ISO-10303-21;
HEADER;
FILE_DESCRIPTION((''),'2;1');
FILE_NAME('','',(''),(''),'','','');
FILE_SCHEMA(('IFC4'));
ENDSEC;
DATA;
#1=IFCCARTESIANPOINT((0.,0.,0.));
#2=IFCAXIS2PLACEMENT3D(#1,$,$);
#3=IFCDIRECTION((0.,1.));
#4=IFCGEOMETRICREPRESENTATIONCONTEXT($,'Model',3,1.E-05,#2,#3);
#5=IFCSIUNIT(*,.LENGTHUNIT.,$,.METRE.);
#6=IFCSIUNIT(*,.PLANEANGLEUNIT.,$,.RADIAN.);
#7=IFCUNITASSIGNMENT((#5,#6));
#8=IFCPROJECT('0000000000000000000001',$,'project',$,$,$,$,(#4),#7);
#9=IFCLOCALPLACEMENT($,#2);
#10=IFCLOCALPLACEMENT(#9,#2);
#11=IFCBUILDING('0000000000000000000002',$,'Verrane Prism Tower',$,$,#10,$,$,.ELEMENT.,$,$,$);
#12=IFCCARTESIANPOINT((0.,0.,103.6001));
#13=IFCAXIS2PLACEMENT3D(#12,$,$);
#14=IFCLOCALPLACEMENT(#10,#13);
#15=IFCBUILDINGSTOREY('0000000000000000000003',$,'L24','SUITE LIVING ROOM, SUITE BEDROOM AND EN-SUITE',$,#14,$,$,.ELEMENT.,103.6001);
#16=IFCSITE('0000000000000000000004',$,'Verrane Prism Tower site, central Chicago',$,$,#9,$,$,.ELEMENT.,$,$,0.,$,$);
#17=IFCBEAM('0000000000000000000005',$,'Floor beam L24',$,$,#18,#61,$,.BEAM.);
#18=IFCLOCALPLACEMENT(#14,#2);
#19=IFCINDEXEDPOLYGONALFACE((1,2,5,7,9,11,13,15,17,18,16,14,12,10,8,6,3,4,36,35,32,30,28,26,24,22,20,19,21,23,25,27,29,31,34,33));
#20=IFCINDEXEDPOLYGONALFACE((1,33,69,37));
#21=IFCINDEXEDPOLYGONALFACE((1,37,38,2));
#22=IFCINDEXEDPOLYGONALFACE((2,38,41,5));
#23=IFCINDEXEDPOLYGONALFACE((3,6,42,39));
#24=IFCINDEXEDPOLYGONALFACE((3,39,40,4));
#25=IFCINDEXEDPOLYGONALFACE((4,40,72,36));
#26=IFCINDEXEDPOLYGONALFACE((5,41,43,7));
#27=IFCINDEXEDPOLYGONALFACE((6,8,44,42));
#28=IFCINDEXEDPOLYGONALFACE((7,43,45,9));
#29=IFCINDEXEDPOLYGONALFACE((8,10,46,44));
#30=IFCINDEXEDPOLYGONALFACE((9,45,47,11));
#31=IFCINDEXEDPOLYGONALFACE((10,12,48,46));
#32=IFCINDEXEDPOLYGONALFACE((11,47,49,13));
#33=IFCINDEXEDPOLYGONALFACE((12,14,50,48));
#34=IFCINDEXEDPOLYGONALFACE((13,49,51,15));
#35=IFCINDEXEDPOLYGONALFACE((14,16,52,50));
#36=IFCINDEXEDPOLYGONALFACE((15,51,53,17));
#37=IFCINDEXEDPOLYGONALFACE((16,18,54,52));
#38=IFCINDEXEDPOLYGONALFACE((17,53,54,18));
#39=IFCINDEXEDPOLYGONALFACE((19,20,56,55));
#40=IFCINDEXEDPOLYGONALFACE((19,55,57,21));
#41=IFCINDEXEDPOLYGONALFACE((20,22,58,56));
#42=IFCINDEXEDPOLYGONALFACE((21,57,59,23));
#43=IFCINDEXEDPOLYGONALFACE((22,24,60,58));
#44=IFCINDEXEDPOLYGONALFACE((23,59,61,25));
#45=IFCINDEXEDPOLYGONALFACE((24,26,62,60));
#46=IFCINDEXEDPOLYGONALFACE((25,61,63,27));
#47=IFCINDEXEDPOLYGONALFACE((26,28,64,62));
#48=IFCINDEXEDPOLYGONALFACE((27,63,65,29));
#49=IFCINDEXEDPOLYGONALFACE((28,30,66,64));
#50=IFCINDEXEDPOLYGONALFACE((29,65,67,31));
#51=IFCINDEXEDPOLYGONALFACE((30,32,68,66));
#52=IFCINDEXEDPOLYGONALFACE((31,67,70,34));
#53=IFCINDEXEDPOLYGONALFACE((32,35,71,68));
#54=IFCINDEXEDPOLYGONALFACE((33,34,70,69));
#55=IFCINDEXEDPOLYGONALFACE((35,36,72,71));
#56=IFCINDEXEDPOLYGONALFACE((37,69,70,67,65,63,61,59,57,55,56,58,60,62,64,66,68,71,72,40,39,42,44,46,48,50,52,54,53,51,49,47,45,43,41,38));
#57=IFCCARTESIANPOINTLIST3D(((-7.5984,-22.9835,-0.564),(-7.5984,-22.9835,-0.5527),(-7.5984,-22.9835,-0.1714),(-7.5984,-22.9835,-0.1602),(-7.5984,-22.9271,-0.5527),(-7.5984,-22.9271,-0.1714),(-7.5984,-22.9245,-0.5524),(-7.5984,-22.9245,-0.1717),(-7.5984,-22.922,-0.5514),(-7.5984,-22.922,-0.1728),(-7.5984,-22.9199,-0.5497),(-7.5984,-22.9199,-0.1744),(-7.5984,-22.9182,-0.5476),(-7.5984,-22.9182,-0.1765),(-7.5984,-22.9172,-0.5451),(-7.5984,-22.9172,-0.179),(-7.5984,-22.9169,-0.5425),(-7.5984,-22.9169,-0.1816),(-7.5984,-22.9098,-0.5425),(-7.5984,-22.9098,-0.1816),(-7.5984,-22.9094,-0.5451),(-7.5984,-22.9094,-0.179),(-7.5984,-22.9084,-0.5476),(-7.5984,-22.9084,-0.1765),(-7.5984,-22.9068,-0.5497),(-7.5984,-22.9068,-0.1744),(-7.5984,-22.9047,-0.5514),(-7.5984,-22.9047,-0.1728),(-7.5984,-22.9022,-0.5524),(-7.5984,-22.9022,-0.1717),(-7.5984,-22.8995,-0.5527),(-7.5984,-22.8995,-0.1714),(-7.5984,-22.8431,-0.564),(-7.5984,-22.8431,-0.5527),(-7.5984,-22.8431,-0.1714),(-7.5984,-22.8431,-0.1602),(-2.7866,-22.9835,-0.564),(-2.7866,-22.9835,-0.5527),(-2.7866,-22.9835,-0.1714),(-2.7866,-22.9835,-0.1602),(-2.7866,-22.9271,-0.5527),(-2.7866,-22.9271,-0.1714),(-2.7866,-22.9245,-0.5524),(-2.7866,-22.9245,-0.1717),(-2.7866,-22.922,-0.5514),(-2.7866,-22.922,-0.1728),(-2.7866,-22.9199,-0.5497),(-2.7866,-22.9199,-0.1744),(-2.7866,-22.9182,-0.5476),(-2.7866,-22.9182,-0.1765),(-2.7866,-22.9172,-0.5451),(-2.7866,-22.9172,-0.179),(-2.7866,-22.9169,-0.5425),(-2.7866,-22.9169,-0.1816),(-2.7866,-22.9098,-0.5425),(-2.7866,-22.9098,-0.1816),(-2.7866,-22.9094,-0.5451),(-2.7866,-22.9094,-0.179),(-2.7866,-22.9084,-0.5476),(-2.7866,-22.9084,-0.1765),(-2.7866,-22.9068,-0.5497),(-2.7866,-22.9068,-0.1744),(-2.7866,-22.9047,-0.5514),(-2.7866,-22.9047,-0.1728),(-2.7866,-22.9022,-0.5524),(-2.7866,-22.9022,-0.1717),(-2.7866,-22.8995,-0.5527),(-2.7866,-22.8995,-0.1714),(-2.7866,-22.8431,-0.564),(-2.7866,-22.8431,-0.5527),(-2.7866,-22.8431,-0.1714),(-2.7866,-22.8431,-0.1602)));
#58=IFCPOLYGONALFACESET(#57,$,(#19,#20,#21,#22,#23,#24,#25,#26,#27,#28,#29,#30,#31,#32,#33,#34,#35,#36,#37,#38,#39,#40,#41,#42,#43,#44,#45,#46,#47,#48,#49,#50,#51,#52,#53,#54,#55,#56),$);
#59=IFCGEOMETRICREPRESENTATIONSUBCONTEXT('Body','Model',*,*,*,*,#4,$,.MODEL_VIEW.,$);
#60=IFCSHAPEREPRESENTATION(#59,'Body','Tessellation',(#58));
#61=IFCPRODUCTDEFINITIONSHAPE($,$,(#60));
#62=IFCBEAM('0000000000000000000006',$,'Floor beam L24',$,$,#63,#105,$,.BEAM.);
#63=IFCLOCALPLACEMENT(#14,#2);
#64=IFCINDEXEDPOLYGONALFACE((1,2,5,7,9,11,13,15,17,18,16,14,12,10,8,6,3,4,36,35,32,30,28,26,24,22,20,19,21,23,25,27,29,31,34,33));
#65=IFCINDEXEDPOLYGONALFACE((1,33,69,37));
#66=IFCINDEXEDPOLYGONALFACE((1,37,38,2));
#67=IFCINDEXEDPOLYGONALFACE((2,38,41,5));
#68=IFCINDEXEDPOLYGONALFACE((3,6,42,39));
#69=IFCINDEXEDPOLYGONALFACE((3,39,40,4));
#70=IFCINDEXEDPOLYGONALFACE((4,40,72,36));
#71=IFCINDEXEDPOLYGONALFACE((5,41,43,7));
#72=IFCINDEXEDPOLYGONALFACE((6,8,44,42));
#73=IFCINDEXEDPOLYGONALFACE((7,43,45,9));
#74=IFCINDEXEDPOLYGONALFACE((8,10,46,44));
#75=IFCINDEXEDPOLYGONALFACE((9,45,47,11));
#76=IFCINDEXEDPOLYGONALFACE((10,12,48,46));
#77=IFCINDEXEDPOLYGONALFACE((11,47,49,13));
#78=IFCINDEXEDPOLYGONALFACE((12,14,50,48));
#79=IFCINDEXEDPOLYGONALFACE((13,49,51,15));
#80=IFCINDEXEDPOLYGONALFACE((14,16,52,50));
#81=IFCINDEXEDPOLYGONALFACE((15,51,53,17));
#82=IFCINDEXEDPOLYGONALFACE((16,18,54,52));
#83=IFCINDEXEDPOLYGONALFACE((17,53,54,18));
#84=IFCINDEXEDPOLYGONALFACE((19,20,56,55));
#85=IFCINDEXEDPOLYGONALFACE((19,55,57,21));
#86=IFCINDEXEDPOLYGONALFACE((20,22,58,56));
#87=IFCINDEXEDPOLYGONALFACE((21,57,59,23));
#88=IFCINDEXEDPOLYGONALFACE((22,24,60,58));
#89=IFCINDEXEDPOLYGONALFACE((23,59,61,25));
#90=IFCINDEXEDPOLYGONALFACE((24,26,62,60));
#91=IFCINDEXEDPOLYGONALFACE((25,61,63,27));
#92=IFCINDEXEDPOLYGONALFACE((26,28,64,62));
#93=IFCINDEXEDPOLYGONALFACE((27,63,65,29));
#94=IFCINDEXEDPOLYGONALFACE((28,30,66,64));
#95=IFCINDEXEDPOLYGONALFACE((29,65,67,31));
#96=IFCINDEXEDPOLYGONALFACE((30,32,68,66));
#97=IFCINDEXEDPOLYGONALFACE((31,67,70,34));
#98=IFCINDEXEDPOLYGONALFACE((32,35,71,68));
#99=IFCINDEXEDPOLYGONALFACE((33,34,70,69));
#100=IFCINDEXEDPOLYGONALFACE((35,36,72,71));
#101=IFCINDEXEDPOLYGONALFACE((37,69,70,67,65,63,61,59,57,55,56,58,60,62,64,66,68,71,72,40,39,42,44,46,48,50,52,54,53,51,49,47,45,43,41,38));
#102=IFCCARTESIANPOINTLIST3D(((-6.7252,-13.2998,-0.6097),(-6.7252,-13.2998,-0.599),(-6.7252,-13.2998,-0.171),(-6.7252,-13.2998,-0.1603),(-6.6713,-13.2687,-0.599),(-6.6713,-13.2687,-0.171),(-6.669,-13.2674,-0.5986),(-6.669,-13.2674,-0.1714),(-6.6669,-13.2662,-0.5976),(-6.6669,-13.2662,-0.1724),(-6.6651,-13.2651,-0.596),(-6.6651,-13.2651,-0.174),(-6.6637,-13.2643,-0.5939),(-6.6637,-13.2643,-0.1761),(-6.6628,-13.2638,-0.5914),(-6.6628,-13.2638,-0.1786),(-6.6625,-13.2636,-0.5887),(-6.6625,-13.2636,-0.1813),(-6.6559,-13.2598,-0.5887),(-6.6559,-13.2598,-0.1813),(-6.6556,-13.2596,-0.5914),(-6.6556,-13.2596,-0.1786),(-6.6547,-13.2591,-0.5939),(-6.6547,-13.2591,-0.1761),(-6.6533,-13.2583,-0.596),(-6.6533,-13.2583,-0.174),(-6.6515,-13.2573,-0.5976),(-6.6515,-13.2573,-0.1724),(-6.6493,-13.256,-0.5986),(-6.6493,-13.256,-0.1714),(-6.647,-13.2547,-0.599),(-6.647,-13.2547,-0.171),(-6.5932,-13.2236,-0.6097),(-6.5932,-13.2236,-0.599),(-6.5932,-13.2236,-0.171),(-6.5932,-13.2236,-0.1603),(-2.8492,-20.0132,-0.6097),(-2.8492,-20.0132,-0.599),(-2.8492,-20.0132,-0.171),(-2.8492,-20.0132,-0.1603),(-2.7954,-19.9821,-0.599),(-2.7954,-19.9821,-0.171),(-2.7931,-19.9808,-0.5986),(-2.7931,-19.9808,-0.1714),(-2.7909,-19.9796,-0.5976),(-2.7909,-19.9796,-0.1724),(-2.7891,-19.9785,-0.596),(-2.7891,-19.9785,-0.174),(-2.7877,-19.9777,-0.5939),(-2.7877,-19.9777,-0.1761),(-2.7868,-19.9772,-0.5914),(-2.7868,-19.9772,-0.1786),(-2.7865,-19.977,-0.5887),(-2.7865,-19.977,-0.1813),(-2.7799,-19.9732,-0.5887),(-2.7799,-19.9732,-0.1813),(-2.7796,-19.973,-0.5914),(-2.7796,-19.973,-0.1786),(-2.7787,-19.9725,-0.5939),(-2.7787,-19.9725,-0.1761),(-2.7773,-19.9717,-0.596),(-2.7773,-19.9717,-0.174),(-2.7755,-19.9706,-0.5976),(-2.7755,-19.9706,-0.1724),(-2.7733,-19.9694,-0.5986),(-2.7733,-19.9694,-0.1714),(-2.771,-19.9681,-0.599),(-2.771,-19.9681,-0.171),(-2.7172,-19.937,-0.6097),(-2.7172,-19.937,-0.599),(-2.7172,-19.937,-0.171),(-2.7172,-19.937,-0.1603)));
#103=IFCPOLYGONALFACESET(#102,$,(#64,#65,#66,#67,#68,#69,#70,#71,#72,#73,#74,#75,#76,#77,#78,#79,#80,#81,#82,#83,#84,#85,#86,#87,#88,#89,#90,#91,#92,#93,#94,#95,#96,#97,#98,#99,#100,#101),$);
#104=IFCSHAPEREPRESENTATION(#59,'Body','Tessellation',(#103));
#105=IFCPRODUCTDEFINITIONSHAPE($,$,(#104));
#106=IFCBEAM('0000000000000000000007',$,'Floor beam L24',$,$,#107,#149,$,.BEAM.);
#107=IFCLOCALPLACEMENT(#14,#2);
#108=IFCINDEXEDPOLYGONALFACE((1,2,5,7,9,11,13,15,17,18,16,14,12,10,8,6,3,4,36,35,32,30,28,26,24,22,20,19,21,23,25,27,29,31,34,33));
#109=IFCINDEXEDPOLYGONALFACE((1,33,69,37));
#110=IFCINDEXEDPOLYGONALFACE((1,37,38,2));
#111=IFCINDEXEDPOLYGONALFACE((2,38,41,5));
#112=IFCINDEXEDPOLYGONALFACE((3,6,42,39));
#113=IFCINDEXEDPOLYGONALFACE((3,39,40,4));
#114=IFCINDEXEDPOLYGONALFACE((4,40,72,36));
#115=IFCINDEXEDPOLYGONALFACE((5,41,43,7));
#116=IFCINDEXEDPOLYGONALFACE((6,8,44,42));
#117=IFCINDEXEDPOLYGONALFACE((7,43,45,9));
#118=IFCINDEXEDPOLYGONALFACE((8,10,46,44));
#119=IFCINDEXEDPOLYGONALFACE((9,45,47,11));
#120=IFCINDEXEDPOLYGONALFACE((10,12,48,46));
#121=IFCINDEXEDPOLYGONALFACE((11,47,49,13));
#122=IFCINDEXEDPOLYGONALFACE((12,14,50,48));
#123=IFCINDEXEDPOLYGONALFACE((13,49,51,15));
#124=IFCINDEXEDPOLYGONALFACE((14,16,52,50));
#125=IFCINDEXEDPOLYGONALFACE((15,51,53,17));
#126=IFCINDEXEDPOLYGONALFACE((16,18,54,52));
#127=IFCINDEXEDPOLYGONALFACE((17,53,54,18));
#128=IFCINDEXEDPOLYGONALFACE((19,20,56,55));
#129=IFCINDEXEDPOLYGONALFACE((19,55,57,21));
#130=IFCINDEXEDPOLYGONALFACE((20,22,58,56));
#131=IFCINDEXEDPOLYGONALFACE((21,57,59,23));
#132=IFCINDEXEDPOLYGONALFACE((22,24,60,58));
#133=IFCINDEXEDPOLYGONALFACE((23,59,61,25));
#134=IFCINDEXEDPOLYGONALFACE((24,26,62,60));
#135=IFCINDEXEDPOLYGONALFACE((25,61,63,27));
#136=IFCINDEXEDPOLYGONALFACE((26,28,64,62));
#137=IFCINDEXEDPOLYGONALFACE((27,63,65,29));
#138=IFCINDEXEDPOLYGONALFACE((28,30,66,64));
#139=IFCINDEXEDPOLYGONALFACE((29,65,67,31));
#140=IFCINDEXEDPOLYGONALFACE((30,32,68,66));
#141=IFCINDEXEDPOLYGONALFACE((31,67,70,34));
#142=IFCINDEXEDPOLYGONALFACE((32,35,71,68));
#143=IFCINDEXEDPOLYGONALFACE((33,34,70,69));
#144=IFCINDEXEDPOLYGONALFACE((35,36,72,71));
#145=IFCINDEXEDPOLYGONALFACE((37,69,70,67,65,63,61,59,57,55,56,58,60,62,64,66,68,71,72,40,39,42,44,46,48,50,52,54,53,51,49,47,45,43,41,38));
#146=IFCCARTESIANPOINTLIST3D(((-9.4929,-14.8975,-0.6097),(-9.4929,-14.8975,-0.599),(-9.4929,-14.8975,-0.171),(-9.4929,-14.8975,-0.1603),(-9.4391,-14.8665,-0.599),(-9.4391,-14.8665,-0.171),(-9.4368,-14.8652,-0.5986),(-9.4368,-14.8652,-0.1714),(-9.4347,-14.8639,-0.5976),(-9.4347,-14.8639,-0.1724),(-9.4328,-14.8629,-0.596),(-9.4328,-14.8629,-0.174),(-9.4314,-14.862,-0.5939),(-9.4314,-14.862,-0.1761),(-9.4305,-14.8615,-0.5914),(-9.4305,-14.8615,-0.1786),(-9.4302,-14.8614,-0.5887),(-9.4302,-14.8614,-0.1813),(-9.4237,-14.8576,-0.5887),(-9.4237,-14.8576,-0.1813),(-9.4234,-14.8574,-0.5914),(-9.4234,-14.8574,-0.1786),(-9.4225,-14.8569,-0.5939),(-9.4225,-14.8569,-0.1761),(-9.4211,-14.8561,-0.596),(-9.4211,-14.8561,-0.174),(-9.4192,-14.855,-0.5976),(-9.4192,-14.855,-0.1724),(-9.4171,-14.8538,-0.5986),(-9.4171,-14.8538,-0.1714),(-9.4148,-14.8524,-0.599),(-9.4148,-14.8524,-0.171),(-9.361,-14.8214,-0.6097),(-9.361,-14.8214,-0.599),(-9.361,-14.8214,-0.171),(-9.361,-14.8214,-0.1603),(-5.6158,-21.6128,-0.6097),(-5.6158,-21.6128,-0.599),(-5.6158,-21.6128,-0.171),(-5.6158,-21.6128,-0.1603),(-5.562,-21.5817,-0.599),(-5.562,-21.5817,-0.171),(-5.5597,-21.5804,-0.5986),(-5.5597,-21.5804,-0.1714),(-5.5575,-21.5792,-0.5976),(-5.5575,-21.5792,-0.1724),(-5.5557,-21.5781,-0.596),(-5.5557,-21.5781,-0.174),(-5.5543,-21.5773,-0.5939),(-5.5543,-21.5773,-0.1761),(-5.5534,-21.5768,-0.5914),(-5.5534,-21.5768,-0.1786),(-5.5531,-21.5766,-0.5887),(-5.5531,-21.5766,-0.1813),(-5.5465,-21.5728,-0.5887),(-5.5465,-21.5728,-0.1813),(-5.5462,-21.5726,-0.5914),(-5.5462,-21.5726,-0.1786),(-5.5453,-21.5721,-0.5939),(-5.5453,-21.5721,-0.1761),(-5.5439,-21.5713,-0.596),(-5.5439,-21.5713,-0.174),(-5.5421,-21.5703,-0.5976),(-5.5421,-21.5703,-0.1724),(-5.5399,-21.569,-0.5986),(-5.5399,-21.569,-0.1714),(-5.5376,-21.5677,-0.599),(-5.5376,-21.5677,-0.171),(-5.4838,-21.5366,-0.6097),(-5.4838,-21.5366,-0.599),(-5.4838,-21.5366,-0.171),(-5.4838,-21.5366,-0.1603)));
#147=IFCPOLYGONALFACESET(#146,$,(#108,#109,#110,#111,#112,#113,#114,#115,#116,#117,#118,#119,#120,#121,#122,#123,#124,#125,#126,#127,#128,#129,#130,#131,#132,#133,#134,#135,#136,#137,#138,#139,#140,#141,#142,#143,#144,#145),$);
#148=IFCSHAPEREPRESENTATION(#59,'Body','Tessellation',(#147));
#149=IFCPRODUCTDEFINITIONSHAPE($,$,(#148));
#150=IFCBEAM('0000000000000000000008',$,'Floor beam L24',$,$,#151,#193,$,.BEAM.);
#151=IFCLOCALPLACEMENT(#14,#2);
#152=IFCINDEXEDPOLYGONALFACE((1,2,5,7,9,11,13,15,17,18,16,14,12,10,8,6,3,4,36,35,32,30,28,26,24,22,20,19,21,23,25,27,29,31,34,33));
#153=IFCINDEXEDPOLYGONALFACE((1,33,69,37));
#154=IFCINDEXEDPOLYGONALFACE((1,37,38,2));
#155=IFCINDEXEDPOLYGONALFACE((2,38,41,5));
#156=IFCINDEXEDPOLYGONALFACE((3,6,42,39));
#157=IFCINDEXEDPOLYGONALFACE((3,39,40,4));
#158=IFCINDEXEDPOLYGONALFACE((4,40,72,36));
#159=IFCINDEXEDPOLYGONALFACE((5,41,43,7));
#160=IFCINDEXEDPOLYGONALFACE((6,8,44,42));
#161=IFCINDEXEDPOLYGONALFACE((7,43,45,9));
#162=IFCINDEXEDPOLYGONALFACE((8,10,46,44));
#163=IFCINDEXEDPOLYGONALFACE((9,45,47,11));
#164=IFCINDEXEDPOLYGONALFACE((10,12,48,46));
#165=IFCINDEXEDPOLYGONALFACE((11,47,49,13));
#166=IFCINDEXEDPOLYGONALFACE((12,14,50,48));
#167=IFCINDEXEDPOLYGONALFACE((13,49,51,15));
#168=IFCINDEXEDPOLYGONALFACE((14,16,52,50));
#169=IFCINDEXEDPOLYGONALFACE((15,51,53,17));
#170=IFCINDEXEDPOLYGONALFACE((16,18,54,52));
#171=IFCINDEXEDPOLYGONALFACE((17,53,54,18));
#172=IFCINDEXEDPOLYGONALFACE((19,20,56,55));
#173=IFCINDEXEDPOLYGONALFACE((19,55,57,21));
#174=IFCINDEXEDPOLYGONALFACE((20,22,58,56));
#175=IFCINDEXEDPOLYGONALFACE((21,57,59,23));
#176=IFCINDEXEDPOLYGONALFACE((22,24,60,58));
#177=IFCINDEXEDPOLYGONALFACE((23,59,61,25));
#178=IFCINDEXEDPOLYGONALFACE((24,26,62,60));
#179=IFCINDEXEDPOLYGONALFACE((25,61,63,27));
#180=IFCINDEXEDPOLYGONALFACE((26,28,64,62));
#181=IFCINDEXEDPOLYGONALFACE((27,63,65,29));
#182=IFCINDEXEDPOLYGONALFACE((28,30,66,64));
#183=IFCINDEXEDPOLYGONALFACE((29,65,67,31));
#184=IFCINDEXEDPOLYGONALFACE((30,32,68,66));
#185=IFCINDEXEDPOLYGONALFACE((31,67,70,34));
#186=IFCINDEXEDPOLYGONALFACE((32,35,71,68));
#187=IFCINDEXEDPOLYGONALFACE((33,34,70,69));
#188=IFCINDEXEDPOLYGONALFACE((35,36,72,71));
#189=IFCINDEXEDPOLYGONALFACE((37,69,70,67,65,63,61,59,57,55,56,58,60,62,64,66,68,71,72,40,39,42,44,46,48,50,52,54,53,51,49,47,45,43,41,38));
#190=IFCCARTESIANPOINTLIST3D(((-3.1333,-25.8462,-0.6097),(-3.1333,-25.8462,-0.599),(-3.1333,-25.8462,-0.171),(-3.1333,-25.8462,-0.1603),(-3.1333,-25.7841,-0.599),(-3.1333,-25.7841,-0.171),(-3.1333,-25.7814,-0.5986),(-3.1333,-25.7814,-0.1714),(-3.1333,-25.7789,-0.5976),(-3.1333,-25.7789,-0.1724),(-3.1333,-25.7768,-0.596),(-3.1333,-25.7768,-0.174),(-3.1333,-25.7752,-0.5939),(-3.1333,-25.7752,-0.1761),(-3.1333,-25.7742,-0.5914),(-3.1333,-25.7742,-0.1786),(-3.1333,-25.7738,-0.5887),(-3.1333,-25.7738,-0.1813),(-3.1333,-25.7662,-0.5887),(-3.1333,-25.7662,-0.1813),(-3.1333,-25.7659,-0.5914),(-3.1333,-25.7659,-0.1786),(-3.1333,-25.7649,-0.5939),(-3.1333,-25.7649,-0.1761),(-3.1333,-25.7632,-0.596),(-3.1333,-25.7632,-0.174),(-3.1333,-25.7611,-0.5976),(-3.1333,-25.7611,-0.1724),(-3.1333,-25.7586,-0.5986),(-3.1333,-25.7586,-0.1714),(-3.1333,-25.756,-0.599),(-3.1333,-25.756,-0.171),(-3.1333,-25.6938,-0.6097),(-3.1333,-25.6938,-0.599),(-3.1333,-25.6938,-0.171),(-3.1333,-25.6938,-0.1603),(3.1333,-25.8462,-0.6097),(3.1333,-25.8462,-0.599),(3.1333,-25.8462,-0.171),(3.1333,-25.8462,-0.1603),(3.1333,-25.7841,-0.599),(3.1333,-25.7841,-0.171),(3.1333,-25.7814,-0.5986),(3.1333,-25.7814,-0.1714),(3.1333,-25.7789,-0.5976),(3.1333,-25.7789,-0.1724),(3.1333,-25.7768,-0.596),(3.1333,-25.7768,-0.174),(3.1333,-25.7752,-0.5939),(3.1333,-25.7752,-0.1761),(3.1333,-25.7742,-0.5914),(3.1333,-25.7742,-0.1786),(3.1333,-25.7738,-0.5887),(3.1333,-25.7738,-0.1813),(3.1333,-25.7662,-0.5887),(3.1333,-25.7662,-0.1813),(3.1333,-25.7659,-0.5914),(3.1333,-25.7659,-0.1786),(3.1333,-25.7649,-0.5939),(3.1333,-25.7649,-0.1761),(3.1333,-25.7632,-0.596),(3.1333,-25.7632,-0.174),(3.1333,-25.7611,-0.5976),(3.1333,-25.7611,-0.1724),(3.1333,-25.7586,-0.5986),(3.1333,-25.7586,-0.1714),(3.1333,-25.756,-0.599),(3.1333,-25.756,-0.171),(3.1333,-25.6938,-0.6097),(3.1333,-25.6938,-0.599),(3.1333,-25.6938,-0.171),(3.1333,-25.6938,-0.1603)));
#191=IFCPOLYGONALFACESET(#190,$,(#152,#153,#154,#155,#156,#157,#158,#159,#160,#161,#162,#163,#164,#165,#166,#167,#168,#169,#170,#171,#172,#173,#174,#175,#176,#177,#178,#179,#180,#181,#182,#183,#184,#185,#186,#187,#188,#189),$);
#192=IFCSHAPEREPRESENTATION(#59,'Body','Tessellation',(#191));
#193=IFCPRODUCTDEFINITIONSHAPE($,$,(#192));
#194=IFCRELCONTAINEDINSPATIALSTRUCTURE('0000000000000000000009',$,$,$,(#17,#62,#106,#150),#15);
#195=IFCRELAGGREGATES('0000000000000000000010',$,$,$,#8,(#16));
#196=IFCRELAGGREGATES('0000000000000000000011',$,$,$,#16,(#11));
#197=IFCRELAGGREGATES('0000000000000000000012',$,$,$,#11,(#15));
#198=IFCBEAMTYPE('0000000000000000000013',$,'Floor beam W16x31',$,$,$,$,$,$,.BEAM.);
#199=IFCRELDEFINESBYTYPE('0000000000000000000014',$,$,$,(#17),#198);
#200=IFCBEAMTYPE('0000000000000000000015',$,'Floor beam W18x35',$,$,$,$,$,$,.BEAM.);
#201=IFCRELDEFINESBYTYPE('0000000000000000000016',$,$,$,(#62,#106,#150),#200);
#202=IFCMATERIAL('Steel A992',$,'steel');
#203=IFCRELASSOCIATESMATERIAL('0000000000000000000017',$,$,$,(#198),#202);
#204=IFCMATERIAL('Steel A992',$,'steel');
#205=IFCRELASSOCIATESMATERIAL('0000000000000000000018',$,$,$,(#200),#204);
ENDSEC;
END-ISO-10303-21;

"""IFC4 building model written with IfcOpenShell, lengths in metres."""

from ifc_helpers import new_model, si_unit, direction, frame, origin, origin_2d, place, context, subcontext, project, spatial, i_section, extrude, material, material_profile, profile_set, type_object, element, save


model = new_model("IFC4")

# Units and contexts
model_context = context("Model", 3, precision=1e-05, world=origin(), true_north=direction((0.0, 1.0)))
body_context = subcontext(model_context, "Body", "Model", "MODEL_VIEW")
ifc_project = project(units=[si_unit("LENGTHUNIT", "METRE"), si_unit("PLANEANGLEUNIT", "RADIAN")], contexts=[model_context])

# Site, building, storey
site_placement = place(None, origin())
site = spatial("IfcSite", under=ifc_project, at=site_placement, Name="Verrane Prism Tower site, central Chicago", CompositionType="ELEMENT", RefElevation=0.0)
building_placement = place(site_placement, origin())
building = spatial("IfcBuilding", under=site, at=building_placement, Name="Verrane Prism Tower", CompositionType="ELEMENT")
storey_placement = place(building_placement, frame((0.0, 0.0, 103.6001)))
storey = spatial("IfcBuildingStorey", under=building, at=storey_placement, Name="L24", Description="SUITE LIVING ROOM, SUITE BEDROOM AND EN-SUITE", CompositionType="ELEMENT", Elevation=103.6001)

# Beams
ifc_material_1 = material(Name="Steel A992", Category="steel")
ifc_material_profile_1 = material_profile(ifc_material_1, i_section(OverallWidth=0.1404, OverallDepth=0.4038, WebThickness=0.0071, FlangeThickness=0.0112, FilletRadius=0.0103, at=origin_2d()), Name="W16x31")
ifc_profile_set_1 = profile_set([ifc_material_profile_1], Name="Steel A992")
beam_type_1 = type_object("IfcBeamType", Name="Floor beam W16x31", PredefinedType="BEAM", material=ifc_profile_set_1)
beam_1_placement = place(storey_placement, frame((-7.5984, -22.9133, -0.3621), z_axis=(1.0, 0.0, 0.0), x_axis=(0.0, 1.0, 0.0)))
element("IfcBeam", 1, at=beam_1_placement, inside=storey, type_object=beam_type_1, Name="Floor beam L24", PredefinedType="BEAM", context=body_context, shape_type="SweptSolid", body=[
    extrude(i_section(OverallWidth=0.1404, OverallDepth=0.4038, WebThickness=0.0071, FlangeThickness=0.0112, FilletRadius=0.0103, at=origin_2d()), origin(), (0.0, 0.0, 1.0), 4.8118),
])
ifc_material_2 = material(Name="Steel A992", Category="steel")
ifc_material_profile_2 = material_profile(ifc_material_2, i_section(OverallWidth=0.1523, OverallDepth=0.4495, WebThickness=0.0076, FlangeThickness=0.0107, FilletRadius=0.0103, at=origin_2d()), Name="W18x35")
ifc_profile_set_2 = profile_set([ifc_material_profile_2], Name="Steel A992")
beam_type_2 = type_object("IfcBeamType", Name="Floor beam W18x35", PredefinedType="BEAM", material=ifc_profile_set_2)
beam_2_placement = place(storey_placement, frame((-2.7832, -19.9751, -0.385), z_axis=(-0.500001, 0.866025, 0.0), x_axis=(-0.866025, -0.500001, 0.0)))
element("IfcBeam", 2, at=beam_2_placement, inside=storey, type_object=beam_type_2, Name="Floor beam L24", PredefinedType="BEAM", context=body_context, shape_type="SweptSolid", body=[
    extrude(i_section(OverallWidth=0.1523, OverallDepth=0.4495, WebThickness=0.0076, FlangeThickness=0.0107, FilletRadius=0.0103, at=origin_2d()), origin(), (0.0, 0.0, 1.0), 7.752),
])
beam_3_placement = place(storey_placement, frame((-5.5498, -21.5747, -0.385), z_axis=(-0.50001, 0.86602, 0.0), x_axis=(-0.86602, -0.50001, 0.0)))
element("IfcBeam", 3, at=beam_3_placement, inside=storey, type_object=beam_type_2, Name="Floor beam L24", PredefinedType="BEAM", context=body_context, shape_type="SweptSolid", body=[
    extrude(i_section(OverallWidth=0.1523, OverallDepth=0.4495, WebThickness=0.0076, FlangeThickness=0.0107, FilletRadius=0.0103, at=origin_2d()), origin(), (0.0, 0.0, 1.0), 7.7542),
])
beam_4_placement = place(storey_placement, frame((-3.1333, -25.77, -0.385), z_axis=(1.0, 0.0, 0.0), x_axis=(0.0, 1.0, 0.0)))
element("IfcBeam", 4, at=beam_4_placement, inside=storey, type_object=beam_type_2, Name="Floor beam L24", PredefinedType="BEAM", context=body_context, shape_type="SweptSolid", body=[
    extrude(i_section(OverallWidth=0.1523, OverallDepth=0.4495, WebThickness=0.0076, FlangeThickness=0.0107, FilletRadius=0.0103, at=origin_2d()), origin(), (0.0, 0.0, 1.0), 6.2666),
])

save(model, "model.ifc")
